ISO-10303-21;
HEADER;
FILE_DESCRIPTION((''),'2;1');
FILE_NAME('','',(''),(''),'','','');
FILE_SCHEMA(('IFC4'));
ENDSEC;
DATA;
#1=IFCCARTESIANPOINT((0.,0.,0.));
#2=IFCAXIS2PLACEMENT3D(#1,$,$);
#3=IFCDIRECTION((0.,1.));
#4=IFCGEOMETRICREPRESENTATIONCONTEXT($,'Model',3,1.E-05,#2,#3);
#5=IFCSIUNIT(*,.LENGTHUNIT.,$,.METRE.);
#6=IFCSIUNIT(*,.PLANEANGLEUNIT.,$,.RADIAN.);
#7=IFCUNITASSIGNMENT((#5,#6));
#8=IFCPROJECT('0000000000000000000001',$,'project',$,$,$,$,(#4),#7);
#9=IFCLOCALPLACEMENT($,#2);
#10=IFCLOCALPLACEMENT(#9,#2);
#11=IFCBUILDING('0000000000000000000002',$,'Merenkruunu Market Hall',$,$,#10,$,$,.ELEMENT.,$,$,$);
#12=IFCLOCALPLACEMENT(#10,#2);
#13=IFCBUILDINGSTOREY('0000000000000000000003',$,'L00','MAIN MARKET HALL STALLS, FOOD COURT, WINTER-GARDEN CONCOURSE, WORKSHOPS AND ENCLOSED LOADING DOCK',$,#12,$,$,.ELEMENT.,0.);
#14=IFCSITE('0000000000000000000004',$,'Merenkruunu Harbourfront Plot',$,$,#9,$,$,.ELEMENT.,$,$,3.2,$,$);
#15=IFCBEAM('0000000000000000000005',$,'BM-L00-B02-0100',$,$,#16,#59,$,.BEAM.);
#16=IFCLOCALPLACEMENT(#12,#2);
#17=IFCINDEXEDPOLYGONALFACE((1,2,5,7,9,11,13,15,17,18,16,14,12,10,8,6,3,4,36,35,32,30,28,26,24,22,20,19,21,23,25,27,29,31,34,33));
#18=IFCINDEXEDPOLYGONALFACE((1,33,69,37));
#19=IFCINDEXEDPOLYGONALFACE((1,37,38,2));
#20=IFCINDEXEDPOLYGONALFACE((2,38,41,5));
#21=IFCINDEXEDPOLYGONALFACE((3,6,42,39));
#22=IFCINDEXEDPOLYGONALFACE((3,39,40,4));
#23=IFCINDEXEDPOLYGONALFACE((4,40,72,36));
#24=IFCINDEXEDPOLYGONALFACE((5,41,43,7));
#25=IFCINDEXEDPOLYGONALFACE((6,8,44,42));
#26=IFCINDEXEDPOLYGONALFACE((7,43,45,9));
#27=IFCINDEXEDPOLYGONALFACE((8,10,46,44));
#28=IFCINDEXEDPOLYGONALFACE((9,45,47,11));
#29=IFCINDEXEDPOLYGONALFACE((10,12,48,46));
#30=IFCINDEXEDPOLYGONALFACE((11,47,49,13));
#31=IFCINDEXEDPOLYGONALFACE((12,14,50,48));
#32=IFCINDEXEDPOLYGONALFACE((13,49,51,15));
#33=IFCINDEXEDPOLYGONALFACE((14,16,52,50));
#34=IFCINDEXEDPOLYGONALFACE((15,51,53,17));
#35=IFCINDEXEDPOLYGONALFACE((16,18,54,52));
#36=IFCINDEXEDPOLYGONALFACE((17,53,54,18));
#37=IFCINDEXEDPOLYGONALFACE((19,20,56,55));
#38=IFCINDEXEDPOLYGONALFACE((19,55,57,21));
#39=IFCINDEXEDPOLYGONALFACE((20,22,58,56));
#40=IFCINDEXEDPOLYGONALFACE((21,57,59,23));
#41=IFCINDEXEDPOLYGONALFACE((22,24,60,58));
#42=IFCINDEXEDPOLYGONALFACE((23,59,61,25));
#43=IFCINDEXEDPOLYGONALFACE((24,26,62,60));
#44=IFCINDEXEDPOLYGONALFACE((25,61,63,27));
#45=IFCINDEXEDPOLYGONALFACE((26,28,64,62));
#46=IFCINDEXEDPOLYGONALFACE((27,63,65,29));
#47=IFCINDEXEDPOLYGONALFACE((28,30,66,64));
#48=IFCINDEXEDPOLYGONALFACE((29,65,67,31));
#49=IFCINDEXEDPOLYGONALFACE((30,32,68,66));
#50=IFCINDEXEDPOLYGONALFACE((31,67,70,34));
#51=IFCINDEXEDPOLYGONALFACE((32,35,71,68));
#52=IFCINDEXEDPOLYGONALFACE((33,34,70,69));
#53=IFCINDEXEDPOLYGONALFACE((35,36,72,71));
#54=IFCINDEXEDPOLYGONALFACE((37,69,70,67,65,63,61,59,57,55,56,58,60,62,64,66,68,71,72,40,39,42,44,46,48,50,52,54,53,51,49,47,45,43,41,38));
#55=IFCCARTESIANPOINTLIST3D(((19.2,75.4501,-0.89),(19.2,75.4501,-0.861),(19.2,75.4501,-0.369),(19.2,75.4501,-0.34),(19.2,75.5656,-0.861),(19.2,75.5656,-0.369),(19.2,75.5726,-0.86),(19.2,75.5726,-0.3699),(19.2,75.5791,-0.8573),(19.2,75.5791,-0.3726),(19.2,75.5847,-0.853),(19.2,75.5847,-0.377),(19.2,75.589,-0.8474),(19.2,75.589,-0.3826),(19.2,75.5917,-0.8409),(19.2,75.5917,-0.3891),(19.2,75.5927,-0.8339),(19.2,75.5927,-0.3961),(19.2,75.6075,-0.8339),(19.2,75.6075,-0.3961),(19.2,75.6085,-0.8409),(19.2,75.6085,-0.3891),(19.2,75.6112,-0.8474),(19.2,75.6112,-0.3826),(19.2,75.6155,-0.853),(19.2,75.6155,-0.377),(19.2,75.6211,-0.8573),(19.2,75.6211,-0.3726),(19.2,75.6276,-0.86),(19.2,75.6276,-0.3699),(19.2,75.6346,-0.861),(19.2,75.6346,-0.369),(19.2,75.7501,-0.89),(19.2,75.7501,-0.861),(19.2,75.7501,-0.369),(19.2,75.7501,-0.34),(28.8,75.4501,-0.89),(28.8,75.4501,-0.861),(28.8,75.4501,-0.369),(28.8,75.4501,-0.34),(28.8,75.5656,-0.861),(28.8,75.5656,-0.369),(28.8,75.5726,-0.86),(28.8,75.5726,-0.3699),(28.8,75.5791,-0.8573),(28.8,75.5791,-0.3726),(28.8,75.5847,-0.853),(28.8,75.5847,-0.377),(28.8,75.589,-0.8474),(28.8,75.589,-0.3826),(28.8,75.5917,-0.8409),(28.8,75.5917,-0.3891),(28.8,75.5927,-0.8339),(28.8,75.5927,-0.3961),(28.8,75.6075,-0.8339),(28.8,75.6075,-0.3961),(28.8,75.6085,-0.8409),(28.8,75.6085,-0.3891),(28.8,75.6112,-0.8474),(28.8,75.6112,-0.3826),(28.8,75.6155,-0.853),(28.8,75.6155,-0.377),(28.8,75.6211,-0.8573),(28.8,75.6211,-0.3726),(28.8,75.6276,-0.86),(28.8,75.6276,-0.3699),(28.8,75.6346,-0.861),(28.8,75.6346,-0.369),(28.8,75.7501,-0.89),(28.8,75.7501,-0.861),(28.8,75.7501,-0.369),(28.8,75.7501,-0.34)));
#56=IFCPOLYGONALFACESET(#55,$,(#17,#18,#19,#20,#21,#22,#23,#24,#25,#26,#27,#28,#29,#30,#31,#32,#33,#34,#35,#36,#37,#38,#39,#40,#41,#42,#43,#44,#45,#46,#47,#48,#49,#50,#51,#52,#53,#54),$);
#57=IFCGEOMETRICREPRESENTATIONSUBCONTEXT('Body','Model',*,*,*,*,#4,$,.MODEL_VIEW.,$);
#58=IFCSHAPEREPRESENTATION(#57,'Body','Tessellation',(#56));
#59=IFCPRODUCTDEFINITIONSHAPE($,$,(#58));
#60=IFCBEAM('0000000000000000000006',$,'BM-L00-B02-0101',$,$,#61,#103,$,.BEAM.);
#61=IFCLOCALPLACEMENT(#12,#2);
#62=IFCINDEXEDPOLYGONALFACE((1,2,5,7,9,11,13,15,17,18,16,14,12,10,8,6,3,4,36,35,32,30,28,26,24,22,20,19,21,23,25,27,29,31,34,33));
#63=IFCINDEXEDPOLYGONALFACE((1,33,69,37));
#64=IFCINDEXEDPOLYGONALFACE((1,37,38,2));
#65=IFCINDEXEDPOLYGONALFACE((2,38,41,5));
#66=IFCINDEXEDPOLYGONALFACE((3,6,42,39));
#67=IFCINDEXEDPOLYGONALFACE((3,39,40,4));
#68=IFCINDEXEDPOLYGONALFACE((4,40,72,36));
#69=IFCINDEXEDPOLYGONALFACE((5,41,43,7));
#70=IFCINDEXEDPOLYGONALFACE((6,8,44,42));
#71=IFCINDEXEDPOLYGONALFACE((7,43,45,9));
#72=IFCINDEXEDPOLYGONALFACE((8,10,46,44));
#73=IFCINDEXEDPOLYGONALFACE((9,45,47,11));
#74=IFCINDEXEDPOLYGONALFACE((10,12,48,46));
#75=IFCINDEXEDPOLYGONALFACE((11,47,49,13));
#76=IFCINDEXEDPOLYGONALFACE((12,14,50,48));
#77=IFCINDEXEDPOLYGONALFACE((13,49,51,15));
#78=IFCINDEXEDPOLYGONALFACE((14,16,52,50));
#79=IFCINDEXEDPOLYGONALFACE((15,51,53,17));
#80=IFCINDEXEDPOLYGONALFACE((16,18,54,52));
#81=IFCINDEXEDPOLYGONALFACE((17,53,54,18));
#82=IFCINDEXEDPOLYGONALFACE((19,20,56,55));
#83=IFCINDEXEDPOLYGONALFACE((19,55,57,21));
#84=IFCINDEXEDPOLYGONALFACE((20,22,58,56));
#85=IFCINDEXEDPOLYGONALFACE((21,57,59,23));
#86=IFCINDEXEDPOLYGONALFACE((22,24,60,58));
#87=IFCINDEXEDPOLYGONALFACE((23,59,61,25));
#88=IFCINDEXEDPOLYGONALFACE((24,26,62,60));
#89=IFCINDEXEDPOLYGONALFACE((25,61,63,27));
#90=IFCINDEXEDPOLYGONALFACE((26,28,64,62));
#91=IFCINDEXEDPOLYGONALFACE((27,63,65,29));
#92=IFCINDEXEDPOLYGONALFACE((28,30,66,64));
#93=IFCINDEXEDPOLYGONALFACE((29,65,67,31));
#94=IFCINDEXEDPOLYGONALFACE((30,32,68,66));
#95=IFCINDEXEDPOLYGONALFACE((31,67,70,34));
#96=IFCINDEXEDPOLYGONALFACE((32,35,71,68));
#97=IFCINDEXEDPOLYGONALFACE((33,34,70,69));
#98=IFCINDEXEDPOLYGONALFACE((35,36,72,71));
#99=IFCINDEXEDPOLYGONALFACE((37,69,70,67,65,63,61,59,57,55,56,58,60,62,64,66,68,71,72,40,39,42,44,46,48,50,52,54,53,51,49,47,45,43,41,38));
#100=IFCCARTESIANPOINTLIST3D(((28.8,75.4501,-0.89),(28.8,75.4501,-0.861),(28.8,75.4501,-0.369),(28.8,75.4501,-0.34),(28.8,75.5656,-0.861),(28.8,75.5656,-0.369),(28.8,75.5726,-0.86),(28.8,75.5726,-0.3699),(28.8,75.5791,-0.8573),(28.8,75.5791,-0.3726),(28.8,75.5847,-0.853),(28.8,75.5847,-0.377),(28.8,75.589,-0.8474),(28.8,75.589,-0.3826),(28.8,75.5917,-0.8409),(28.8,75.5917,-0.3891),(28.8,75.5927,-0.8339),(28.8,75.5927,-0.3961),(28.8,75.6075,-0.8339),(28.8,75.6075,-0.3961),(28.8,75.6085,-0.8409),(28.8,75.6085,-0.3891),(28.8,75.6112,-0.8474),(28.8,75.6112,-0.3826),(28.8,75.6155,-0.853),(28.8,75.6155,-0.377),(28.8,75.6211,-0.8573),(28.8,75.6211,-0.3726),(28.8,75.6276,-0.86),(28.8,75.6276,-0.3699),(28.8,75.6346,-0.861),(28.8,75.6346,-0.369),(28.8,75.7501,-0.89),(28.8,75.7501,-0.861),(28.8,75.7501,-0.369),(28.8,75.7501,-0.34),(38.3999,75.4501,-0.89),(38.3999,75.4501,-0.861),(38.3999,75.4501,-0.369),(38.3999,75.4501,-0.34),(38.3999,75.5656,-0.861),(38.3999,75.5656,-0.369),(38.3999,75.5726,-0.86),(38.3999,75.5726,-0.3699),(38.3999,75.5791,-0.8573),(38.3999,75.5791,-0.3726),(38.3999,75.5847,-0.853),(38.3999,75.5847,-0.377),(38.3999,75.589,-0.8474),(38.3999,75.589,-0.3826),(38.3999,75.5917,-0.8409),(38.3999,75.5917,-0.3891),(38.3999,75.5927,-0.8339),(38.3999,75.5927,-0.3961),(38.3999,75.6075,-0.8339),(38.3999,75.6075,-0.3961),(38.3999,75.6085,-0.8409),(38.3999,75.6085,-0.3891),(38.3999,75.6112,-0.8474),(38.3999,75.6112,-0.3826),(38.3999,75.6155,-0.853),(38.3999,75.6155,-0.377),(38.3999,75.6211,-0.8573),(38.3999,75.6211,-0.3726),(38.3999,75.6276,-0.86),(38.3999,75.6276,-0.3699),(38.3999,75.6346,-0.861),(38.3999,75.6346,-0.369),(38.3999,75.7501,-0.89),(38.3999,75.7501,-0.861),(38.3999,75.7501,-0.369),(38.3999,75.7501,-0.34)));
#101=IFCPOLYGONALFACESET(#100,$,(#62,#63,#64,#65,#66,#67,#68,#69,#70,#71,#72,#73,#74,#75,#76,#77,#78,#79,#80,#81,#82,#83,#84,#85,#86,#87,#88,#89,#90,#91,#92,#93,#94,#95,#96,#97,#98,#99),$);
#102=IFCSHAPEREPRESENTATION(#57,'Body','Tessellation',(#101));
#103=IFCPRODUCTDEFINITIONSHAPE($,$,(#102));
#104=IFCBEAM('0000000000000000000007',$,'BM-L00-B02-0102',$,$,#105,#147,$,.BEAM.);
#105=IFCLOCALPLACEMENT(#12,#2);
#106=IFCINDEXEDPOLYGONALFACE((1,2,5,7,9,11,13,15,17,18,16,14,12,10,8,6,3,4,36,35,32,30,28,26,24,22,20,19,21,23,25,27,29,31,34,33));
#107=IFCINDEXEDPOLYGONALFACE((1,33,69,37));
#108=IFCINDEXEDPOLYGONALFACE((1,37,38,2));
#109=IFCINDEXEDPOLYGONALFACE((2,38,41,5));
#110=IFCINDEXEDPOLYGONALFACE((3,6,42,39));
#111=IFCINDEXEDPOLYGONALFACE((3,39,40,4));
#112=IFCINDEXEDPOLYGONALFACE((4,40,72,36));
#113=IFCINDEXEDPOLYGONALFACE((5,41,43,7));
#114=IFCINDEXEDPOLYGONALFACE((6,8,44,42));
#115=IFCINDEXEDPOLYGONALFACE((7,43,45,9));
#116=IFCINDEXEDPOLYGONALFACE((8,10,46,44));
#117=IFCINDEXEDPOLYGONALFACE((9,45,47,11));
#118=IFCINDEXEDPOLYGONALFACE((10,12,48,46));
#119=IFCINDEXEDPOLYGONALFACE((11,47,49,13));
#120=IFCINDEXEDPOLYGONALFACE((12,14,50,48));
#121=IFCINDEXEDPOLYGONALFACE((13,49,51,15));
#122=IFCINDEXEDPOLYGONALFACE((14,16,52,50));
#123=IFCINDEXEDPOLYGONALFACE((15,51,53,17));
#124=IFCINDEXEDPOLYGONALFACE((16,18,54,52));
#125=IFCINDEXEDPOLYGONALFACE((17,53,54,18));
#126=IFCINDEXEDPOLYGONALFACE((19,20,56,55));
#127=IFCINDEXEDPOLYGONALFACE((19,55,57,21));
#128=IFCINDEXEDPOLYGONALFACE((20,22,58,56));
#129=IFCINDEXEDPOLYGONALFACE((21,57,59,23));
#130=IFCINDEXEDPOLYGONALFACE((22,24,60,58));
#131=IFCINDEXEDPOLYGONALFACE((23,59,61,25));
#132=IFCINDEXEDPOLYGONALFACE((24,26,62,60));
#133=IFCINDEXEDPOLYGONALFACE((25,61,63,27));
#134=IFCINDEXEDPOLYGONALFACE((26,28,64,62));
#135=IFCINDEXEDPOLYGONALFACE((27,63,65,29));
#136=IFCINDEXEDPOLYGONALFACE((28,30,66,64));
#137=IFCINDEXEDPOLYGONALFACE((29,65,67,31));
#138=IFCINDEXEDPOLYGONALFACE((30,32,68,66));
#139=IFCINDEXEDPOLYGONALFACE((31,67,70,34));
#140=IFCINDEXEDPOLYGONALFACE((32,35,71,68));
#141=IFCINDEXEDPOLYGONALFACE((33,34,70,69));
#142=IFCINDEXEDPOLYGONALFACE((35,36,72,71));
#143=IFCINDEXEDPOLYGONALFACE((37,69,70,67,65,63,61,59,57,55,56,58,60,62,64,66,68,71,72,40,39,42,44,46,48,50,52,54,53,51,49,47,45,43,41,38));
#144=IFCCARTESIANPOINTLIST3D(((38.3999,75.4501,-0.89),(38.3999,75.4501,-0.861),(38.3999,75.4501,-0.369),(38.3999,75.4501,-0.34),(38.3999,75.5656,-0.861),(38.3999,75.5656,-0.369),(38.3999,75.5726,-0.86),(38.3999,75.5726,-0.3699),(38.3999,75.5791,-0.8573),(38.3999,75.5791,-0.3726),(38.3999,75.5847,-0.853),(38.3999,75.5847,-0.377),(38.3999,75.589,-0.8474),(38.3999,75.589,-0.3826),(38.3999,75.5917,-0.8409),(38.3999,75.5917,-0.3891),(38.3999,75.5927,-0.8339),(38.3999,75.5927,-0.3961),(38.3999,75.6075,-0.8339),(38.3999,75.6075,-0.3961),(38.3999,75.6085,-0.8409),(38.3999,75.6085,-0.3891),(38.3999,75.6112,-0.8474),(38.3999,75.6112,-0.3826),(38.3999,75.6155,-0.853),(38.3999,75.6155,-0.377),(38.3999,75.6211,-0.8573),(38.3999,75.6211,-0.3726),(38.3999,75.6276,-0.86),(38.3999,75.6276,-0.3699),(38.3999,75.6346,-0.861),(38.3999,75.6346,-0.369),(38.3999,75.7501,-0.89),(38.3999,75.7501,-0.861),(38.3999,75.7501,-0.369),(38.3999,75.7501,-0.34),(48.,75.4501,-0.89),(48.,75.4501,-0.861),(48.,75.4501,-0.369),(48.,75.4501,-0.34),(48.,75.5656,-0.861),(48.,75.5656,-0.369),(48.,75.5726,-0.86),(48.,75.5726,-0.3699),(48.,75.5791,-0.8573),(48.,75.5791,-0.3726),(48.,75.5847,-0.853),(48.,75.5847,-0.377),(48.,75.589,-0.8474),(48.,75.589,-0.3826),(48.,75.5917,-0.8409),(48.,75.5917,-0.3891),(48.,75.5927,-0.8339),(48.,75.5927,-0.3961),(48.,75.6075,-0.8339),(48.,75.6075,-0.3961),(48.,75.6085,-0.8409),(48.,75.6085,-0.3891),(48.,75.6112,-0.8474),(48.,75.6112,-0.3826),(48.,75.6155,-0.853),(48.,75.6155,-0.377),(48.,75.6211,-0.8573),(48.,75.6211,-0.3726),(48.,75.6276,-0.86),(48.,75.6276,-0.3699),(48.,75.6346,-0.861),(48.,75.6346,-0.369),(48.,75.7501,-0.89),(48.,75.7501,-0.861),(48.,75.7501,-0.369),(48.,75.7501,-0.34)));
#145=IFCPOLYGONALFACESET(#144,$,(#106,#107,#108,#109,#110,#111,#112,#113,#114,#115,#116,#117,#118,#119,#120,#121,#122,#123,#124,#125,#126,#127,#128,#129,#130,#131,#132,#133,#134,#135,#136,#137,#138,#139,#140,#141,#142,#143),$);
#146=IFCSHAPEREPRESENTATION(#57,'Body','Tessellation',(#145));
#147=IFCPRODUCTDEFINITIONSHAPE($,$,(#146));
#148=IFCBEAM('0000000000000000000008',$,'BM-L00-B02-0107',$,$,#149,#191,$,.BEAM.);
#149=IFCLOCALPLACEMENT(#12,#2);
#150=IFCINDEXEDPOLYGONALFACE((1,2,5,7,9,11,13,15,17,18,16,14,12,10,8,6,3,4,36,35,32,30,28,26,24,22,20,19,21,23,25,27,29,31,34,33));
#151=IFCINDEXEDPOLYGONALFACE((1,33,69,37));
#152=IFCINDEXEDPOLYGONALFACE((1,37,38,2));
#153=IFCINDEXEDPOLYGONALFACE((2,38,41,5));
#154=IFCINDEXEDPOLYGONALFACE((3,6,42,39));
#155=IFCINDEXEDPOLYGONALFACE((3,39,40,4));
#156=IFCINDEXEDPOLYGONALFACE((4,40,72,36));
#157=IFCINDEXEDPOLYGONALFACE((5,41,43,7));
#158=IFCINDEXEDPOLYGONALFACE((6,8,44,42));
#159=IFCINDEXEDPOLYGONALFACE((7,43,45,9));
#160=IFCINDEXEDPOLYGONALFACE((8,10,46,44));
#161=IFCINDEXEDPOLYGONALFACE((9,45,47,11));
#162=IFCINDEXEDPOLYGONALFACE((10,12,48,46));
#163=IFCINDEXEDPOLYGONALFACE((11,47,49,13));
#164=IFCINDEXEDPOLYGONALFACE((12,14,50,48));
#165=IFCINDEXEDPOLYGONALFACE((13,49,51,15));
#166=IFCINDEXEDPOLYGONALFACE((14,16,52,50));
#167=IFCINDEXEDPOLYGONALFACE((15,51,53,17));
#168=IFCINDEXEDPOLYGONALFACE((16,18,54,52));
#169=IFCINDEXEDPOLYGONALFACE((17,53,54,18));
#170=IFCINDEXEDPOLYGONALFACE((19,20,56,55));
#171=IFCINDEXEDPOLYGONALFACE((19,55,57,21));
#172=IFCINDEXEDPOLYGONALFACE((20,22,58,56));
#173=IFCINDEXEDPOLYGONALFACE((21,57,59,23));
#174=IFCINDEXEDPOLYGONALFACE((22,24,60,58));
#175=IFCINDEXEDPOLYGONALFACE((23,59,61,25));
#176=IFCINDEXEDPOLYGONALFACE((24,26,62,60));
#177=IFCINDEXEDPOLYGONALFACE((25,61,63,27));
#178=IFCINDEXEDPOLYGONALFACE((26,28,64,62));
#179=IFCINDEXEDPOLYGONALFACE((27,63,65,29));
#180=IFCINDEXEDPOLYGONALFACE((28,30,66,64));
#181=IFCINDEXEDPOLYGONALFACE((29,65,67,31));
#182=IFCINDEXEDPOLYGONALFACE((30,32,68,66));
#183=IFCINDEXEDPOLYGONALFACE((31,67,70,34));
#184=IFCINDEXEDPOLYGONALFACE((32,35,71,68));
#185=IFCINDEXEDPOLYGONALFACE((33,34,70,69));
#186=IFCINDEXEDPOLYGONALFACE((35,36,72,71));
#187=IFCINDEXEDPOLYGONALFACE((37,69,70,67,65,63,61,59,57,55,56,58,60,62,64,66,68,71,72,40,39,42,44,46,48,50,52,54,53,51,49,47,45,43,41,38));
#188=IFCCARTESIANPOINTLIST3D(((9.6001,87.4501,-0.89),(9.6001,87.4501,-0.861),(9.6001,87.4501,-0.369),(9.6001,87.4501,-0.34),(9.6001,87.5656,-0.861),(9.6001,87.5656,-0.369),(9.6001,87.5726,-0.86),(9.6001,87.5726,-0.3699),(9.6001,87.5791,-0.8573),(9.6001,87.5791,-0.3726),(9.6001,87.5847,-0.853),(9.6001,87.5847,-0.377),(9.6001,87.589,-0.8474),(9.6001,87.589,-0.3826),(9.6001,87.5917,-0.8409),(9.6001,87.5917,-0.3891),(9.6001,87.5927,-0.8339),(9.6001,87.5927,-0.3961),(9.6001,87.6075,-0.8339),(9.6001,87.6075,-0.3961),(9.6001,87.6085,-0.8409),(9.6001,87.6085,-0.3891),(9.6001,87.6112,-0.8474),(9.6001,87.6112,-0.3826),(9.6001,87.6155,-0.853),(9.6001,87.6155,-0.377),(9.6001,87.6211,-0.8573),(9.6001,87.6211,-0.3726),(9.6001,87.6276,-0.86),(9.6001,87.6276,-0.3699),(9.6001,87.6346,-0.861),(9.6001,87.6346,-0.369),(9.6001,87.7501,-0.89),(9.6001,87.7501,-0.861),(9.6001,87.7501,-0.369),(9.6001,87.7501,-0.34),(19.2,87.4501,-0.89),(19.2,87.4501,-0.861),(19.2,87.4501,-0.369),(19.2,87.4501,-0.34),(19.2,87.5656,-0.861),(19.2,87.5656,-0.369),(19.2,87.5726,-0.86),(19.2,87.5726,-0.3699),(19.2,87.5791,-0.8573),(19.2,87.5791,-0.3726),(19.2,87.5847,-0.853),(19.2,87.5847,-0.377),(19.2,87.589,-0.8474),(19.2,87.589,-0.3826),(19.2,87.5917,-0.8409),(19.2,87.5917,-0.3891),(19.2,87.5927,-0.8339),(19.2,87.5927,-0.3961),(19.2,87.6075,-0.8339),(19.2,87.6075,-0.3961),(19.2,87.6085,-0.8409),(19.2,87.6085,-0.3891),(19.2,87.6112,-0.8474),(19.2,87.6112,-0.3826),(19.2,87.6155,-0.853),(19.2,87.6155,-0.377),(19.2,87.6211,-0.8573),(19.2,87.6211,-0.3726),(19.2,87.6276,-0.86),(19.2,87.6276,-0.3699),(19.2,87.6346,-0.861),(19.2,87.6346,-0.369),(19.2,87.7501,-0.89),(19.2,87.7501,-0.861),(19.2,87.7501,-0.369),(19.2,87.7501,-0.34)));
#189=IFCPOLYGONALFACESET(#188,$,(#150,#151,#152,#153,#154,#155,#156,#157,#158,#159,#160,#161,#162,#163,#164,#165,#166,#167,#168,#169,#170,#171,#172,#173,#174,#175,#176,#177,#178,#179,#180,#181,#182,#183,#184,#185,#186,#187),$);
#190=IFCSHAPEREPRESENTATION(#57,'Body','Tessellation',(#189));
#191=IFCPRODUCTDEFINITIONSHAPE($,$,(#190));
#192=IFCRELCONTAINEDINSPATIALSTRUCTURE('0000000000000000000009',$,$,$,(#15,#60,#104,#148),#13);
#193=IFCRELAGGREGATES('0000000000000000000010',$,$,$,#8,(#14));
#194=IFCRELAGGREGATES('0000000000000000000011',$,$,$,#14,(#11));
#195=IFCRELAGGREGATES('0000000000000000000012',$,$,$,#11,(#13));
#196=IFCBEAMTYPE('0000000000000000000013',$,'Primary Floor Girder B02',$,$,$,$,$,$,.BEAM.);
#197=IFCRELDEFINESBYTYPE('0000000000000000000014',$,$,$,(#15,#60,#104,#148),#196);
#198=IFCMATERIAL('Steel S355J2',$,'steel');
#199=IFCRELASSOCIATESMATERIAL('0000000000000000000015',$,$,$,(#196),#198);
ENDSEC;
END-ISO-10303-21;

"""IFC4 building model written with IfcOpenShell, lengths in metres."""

from ifc_helpers import new_model, si_unit, direction, frame, origin, origin_2d, place, context, subcontext, project, spatial, i_section, extrude, material, material_profile, profile_set, type_object, element, save


model = new_model("IFC4")

# Units and contexts
model_context = context("Model", 3, precision=1e-05, world=origin(), true_north=direction((0.0, 1.0)))
body_context = subcontext(model_context, "Body", "Model", "MODEL_VIEW")
ifc_project = project(units=[si_unit("LENGTHUNIT", "METRE"), si_unit("PLANEANGLEUNIT", "RADIAN")], contexts=[model_context])

# Site, building, storey
site_placement = place(None, origin())
site = spatial("IfcSite", under=ifc_project, at=site_placement, Name="Merenkruunu Harbourfront Plot", CompositionType="ELEMENT", RefElevation=3.2)
building_placement = place(site_placement, origin())
building = spatial("IfcBuilding", under=site, at=building_placement, Name="Merenkruunu Market Hall", CompositionType="ELEMENT")
storey_placement = place(building_placement, origin())
storey = spatial("IfcBuildingStorey", under=building, at=storey_placement, Name="L00", Description="MAIN MARKET HALL STALLS, FOOD COURT, WINTER-GARDEN CONCOURSE, WORKSHOPS AND ENCLOSED LOADING DOCK", CompositionType="ELEMENT", Elevation=0.0)

# Shared definitions
ifc_material_1 = material(Name="Steel S355J2", Category="steel")

# Beams
ifc_material_profile_1 = material_profile(ifc_material_1, i_section(OverallWidth=0.3, OverallDepth=0.55, WebThickness=0.0149, FlangeThickness=0.0291, FilletRadius=0.0271, at=origin_2d()), Name="HEB 550")
ifc_profile_set_1 = profile_set([ifc_material_profile_1], Name="Steel S355J2")
beam_type_1 = type_object("IfcBeamType", Name="Primary Floor Girder B02", PredefinedType="BEAM", material=ifc_profile_set_1)
beam_1_placement = place(storey_placement, frame((19.2, 75.6001, -0.615), z_axis=(1.0, 0.0, 0.0), x_axis=(0.0, 1.0, 0.0)))
element("IfcBeam", 1, at=beam_1_placement, inside=storey, type_object=beam_type_1, Name="BM-L00-B02-0100", PredefinedType="BEAM", context=body_context, shape_type="SweptSolid", body=[
    extrude(i_section(OverallWidth=0.3, OverallDepth=0.55, WebThickness=0.0149, FlangeThickness=0.0291, FilletRadius=0.0271, at=origin_2d()), origin(), (0.0, 0.0, 1.0), 9.6001),
])
beam_2_placement = place(storey_placement, frame((28.8, 75.6001, -0.615), z_axis=(1.0, 0.0, 0.0), x_axis=(0.0, 1.0, 0.0)))
element("IfcBeam", 2, at=beam_2_placement, inside=storey, type_object=beam_type_1, Name="BM-L00-B02-0101", PredefinedType="BEAM", context=body_context, shape_type="SweptSolid", body=[
    extrude(i_section(OverallWidth=0.3, OverallDepth=0.55, WebThickness=0.0149, FlangeThickness=0.0291, FilletRadius=0.0271, at=origin_2d()), origin(), (0.0, 0.0, 1.0), 9.5999),
])
beam_3_placement = place(storey_placement, frame((38.3999, 75.6001, -0.615), z_axis=(1.0, 0.0, 0.0), x_axis=(0.0, 1.0, 0.0)))
element("IfcBeam", 3, at=beam_3_placement, inside=storey, type_object=beam_type_1, Name="BM-L00-B02-0102", PredefinedType="BEAM", context=body_context, shape_type="SweptSolid", body=[
    extrude(i_section(OverallWidth=0.3, OverallDepth=0.55, WebThickness=0.0149, FlangeThickness=0.0291, FilletRadius=0.0271, at=origin_2d()), origin(), (0.0, 0.0, 1.0), 9.6001),
])
beam_4_placement = place(storey_placement, frame((9.6001, 87.6001, -0.615), z_axis=(1.0, 0.0, 0.0), x_axis=(0.0, 1.0, 0.0)))
element("IfcBeam", 4, at=beam_4_placement, inside=storey, type_object=beam_type_1, Name="BM-L00-B02-0107", PredefinedType="BEAM", context=body_context, shape_type="SweptSolid", body=[
    extrude(i_section(OverallWidth=0.3, OverallDepth=0.55, WebThickness=0.0149, FlangeThickness=0.0291, FilletRadius=0.0271, at=origin_2d()), origin(), (0.0, 0.0, 1.0), 9.5999),
])

save(model, "model.ifc")
